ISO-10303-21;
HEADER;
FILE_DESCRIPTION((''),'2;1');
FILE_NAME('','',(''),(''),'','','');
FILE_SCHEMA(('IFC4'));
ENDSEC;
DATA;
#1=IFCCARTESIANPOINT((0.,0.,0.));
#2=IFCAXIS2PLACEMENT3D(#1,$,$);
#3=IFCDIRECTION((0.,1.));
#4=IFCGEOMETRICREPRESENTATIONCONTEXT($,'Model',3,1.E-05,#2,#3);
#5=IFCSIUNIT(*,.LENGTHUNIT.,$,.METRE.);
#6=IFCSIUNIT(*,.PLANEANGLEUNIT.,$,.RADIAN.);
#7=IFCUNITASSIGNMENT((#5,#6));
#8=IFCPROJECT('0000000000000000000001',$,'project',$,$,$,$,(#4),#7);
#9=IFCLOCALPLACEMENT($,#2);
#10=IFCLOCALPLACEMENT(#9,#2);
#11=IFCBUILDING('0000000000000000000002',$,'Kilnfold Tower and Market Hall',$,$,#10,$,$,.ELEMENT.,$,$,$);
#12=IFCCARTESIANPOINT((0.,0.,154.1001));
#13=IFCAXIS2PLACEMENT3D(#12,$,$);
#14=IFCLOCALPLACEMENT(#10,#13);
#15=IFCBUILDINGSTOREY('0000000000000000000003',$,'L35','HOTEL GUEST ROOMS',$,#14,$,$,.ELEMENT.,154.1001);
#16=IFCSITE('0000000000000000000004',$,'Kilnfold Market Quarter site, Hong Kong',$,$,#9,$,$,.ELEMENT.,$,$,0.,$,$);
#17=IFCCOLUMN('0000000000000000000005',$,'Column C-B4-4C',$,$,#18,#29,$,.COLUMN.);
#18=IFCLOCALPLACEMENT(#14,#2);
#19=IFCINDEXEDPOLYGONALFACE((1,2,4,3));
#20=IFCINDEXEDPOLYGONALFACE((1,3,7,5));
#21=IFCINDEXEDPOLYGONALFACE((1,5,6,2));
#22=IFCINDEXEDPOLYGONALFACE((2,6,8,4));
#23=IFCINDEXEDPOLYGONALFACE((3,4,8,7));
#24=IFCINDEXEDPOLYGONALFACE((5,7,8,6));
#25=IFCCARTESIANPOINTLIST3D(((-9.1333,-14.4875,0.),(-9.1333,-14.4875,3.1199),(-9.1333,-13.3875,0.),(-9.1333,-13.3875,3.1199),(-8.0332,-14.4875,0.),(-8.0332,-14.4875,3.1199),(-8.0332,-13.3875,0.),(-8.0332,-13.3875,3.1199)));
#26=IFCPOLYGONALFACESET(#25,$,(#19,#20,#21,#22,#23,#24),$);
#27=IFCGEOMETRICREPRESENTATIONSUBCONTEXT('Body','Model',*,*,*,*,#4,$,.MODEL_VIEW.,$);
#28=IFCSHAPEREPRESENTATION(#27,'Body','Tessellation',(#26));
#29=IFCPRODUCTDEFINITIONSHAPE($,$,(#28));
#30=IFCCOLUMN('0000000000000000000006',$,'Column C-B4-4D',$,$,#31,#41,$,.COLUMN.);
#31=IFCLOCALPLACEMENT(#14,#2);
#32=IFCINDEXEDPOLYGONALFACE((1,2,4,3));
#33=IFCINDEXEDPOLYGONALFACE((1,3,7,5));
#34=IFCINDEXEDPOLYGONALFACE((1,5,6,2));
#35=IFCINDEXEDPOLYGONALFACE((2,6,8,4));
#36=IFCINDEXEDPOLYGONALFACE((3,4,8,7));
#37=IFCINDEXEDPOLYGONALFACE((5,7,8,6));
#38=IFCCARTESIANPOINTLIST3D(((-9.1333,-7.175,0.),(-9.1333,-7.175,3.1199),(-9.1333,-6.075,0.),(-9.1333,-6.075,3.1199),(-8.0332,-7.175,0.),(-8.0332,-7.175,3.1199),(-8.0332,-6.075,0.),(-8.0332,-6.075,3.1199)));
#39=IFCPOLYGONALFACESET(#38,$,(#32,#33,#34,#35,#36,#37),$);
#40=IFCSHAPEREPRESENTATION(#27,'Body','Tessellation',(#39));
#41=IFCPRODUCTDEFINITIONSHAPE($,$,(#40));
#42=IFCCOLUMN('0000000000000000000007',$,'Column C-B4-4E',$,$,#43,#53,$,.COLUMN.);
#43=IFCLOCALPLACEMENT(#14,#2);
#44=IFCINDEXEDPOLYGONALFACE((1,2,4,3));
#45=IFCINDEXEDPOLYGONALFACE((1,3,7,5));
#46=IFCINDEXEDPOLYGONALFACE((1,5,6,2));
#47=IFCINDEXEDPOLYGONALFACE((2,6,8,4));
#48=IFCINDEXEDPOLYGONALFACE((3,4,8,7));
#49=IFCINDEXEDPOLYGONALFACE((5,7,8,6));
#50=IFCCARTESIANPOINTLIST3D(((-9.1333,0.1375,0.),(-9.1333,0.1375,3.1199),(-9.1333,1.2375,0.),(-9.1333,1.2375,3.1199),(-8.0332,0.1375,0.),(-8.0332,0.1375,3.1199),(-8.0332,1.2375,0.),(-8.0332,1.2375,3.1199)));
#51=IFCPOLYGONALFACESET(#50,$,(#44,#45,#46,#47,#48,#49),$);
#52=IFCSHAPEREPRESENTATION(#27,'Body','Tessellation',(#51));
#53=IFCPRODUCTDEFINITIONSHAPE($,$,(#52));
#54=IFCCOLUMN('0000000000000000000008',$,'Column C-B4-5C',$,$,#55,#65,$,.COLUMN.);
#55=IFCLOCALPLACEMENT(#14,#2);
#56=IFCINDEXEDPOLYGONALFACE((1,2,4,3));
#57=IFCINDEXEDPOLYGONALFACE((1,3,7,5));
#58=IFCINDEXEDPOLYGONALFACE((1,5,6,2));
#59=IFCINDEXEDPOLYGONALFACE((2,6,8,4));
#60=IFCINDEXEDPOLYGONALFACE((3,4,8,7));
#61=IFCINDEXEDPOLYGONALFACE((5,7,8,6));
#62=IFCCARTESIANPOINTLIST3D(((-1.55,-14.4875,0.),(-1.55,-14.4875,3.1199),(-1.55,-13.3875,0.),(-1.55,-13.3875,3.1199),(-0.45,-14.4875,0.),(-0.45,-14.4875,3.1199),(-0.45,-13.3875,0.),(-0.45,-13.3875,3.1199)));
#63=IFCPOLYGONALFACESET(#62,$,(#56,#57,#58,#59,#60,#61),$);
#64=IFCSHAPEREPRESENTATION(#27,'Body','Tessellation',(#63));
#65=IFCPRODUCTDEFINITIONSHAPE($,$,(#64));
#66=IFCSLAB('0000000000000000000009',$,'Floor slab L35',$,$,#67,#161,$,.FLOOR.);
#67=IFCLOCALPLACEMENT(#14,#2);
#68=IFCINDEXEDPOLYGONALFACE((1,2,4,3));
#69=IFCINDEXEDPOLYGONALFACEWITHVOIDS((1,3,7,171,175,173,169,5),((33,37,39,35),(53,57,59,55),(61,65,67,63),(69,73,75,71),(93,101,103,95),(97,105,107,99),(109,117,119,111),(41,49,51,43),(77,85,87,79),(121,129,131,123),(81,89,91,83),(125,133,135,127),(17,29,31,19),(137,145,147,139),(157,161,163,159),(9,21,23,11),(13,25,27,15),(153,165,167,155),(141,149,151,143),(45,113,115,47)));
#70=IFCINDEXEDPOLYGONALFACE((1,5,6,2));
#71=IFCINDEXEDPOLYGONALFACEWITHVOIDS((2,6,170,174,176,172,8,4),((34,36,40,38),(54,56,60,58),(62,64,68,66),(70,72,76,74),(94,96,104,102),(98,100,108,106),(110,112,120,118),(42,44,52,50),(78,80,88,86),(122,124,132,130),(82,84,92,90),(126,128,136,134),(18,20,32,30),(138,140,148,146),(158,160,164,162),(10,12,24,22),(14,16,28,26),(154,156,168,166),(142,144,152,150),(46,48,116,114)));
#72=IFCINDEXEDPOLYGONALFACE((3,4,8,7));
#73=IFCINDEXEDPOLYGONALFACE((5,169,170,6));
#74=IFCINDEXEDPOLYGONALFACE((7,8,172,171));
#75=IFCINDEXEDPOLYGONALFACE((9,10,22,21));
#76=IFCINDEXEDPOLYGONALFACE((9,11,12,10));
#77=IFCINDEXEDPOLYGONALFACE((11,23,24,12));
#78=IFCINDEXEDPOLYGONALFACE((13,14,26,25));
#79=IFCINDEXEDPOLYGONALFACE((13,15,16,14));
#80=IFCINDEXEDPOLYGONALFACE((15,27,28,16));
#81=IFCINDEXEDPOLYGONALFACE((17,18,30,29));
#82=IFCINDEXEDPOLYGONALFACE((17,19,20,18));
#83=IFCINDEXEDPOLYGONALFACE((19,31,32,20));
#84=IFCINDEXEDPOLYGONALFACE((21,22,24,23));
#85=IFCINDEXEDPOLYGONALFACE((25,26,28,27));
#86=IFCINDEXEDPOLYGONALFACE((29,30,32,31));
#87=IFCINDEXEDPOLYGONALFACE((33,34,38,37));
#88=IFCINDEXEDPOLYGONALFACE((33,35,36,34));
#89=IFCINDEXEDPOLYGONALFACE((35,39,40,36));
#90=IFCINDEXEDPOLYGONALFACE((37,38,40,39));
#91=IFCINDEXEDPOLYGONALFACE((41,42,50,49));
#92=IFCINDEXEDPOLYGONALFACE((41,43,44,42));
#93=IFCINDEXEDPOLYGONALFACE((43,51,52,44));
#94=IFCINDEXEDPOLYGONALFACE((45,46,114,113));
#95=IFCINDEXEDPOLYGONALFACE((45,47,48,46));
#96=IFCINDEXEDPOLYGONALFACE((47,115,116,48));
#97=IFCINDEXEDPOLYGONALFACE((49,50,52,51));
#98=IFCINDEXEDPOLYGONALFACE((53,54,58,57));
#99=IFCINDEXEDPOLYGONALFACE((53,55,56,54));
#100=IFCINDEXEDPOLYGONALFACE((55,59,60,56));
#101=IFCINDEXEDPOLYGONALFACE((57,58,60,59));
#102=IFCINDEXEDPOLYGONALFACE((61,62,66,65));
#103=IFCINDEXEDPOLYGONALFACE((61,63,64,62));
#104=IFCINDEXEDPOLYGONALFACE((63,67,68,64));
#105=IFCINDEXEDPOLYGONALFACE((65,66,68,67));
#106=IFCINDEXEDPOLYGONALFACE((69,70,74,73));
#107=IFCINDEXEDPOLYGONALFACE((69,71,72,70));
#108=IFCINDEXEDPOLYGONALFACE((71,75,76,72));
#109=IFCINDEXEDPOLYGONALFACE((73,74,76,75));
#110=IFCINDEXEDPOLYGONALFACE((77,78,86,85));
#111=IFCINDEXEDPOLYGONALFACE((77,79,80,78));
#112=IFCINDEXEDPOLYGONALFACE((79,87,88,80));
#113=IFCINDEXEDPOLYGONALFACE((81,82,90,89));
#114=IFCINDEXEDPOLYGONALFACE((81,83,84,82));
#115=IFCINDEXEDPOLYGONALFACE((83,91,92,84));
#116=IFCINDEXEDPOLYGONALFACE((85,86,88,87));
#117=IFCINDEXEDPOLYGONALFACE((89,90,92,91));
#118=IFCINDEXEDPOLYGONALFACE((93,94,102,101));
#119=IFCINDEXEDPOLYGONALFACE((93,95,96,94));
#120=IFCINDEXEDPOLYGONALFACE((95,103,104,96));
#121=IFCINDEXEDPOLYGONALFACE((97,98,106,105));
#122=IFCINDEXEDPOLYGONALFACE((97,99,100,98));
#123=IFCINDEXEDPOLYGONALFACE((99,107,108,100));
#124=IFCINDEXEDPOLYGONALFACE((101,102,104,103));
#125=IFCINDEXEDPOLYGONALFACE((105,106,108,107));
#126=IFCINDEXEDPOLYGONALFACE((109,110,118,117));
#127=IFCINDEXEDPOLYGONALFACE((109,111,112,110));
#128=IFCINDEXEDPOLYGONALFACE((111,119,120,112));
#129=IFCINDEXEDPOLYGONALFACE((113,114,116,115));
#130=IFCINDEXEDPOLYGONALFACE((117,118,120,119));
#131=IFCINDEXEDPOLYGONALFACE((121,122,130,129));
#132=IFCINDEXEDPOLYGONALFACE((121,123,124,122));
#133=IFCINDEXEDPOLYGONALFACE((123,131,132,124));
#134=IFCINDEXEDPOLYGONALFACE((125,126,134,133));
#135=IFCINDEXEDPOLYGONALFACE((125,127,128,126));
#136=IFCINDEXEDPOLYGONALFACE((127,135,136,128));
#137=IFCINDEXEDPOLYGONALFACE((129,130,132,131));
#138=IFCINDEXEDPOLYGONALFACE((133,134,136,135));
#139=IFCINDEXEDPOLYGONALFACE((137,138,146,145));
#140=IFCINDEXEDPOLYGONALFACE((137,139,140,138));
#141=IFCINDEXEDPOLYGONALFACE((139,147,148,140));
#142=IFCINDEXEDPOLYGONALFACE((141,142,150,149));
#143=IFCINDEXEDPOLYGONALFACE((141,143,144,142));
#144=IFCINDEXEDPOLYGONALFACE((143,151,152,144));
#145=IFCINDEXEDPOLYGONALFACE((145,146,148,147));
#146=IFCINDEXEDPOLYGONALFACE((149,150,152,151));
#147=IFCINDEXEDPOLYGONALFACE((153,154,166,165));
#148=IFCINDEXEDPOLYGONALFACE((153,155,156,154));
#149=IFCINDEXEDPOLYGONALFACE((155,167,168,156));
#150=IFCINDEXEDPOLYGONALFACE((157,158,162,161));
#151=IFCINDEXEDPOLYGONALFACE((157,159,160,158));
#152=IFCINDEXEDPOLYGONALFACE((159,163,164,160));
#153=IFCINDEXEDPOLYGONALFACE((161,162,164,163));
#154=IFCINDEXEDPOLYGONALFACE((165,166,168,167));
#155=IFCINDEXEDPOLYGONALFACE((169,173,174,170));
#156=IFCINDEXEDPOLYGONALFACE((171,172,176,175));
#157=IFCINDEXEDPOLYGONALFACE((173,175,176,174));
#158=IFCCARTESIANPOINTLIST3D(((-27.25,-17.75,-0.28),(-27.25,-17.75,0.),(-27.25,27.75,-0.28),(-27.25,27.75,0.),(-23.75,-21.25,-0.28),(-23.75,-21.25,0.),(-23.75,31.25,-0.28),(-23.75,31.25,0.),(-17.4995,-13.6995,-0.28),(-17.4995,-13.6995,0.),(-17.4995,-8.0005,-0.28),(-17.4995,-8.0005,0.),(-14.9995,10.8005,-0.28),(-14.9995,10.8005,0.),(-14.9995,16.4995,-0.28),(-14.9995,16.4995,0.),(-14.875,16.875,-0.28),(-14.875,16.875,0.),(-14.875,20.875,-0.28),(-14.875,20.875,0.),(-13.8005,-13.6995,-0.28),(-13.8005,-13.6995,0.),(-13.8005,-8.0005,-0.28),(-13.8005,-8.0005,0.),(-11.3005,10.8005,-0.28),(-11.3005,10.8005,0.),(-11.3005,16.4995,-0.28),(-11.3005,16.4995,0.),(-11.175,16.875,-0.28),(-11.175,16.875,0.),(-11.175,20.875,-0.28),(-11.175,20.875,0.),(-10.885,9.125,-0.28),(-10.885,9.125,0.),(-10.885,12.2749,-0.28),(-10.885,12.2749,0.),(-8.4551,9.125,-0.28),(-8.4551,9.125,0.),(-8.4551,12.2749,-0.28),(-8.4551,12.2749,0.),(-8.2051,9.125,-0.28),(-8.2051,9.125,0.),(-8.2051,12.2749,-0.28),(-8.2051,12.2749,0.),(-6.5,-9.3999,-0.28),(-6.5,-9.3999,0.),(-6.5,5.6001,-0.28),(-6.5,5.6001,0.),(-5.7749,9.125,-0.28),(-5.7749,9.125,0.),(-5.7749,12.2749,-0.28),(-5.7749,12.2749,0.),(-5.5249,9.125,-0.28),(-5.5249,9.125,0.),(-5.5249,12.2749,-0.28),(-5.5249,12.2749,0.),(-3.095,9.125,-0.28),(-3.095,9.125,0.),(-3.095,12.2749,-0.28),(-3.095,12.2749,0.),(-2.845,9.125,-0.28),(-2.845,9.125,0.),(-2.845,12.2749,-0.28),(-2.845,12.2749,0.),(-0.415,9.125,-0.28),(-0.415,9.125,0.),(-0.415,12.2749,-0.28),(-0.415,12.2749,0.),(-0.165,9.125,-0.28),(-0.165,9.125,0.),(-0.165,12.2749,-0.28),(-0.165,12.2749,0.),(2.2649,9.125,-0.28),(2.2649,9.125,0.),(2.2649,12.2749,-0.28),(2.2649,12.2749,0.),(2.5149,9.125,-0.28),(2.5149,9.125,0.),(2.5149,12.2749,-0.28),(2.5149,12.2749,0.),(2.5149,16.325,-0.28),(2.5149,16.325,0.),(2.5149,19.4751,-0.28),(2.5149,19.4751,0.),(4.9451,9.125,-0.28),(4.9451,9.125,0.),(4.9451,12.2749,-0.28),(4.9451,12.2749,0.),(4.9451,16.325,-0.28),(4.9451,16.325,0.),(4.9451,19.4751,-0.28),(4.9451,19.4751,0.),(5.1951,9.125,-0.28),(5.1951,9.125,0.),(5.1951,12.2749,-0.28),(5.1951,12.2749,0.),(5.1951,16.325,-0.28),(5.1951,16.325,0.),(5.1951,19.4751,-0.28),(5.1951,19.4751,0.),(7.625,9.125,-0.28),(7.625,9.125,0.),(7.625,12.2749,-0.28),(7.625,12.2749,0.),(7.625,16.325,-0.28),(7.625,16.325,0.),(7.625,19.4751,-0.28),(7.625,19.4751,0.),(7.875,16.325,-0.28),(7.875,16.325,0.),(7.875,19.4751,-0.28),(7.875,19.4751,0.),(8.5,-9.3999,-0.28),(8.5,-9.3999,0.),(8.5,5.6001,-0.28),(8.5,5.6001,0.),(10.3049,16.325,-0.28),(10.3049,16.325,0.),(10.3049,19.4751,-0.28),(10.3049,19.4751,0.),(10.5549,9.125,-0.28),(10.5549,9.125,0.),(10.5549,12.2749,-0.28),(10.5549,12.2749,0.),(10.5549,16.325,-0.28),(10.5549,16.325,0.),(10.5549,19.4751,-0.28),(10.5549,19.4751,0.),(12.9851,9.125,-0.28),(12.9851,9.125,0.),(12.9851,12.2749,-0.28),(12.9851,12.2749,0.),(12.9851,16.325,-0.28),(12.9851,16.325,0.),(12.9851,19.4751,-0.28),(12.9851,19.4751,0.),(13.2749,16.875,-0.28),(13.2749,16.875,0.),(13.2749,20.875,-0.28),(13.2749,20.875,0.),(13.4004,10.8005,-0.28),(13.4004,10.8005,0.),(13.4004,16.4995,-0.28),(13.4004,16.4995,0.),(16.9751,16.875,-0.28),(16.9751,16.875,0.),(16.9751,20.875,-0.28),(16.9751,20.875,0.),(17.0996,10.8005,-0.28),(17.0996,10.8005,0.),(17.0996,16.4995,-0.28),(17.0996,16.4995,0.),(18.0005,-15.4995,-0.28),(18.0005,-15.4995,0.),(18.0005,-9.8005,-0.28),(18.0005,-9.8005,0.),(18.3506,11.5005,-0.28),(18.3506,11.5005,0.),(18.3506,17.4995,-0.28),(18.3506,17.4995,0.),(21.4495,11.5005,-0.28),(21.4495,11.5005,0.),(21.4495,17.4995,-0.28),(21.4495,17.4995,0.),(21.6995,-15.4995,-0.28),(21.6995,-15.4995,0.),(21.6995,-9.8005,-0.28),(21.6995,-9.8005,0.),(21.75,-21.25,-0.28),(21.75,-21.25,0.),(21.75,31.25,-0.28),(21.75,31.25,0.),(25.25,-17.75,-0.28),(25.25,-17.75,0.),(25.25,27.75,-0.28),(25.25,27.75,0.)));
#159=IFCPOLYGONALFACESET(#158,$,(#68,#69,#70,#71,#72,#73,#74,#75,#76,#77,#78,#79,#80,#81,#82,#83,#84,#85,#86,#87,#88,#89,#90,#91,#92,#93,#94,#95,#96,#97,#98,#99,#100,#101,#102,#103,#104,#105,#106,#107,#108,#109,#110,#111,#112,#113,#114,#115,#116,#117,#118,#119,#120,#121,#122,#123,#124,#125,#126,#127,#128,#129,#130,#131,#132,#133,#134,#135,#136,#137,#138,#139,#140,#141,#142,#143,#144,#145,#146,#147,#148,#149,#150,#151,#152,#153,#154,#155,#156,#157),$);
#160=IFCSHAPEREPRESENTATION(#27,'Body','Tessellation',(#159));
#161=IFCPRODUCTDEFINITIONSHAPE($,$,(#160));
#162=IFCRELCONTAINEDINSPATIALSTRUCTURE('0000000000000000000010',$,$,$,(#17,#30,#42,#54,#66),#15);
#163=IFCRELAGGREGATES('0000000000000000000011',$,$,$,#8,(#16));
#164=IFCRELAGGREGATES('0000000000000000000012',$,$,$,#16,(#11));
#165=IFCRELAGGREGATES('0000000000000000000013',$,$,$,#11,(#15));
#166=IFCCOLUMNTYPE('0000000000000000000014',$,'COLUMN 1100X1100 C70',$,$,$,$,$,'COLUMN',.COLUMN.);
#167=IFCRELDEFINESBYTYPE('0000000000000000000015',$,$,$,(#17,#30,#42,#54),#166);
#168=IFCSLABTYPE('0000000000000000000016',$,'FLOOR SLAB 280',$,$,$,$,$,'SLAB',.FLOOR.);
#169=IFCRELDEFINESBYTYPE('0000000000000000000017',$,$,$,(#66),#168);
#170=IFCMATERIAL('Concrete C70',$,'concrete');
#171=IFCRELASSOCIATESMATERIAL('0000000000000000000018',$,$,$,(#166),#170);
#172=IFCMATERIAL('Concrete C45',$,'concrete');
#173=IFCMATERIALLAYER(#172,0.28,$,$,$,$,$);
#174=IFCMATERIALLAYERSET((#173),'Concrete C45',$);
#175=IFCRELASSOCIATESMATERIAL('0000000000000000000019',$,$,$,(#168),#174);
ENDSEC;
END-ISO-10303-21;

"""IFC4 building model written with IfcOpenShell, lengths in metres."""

from ifc_helpers import new_model, si_unit, direction, frame, origin, origin_2d, place, context, subcontext, project, spatial, polyline, rectangle, outline, extrude, source, transform, mapped, material, layer, layer_set, material_profile, profile_set, type_object, element, save


model = new_model("IFC4")

# Units and contexts
model_context = context("Model", 3, precision=1e-05, world=origin(), true_north=direction((0.0, 1.0)))
body_context = subcontext(model_context, "Body", "Model", "MODEL_VIEW")
ifc_project = project(units=[si_unit("LENGTHUNIT", "METRE"), si_unit("PLANEANGLEUNIT", "RADIAN")], contexts=[model_context])

# Site, building, storey
site_placement = place(None, origin())
site = spatial("IfcSite", under=ifc_project, at=site_placement, Name="Kilnfold Market Quarter site, Hong Kong", CompositionType="ELEMENT", RefElevation=0.0)
building_placement = place(site_placement, origin())
building = spatial("IfcBuilding", under=site, at=building_placement, Name="Kilnfold Tower and Market Hall", CompositionType="ELEMENT")
storey_placement = place(building_placement, frame((0.0, 0.0, 154.1001)))
storey = spatial("IfcBuildingStorey", under=building, at=storey_placement, Name="L35", Description="HOTEL GUEST ROOMS", CompositionType="ELEMENT", Elevation=154.1001)

# Columns
ifc_material_1 = material(Name="Concrete C70", Category="concrete")
ifc_material_profile = material_profile(ifc_material_1, rectangle(XDim=1.1001, YDim=1.1001, at=origin_2d()), Name="RC 1100x1100")
ifc_profile_set = profile_set([ifc_material_profile], Name="Concrete C70")
column_type = type_object("IfcColumnType", Name="COLUMN 1100X1100 C70", ElementType="COLUMN", PredefinedType="COLUMN", material=ifc_profile_set)
shared_shape_1 = source(origin(), body_context, "Body", "SweptSolid", [
    extrude(rectangle(XDim=1.1001, YDim=1.1001, at=origin_2d()), origin(), (0.0, 0.0, 1.0), 3.1199),
])
for number, where, z_axis, x_axis, name in (
    (1, (-8.5833, -13.9375, 0.0), (0.0, 0.0, 1.0), (1.0, 0.0, 0.0), "Column C-B4-4C"),
    (2, (-8.5833, -6.625, 0.0), (0.0, 0.0, 1.0), (1.0, 0.0, 0.0), "Column C-B4-4D"),
    (3, (-8.5833, 0.6875, 0.0), (0.0, 0.0, 1.0), (1.0, 0.0, 0.0), "Column C-B4-4E"),
    (4, (-1.0, -13.9375, 0.0), (0.0, 0.0, 1.0), (1.0, 0.0, 0.0), "Column C-B4-5C"),
):
    element("IfcColumn", number, at=place(storey_placement, frame(where, z_axis=z_axis, x_axis=x_axis)), inside=storey, type_object=column_type, Name=name, PredefinedType="COLUMN", context=body_context, shape_type="MappedRepresentation", body=[
        mapped(shared_shape_1, transform((0.0, 0.0, 0.0))),
    ])

# Slab
ifc_material_2 = material(Name="Concrete C45", Category="concrete")
ifc_layer_1 = layer(ifc_material_2, 0.28)
ifc_layer_set_1 = layer_set([ifc_layer_1], Name="Concrete C45")
slab_type_1 = type_object("IfcSlabType", Name="FLOOR SLAB 280", ElementType="SLAB", PredefinedType="FLOOR", material=ifc_layer_set_1)
shared_shape_2 = source(origin(), body_context, "Body", "SweptSolid", [
    extrude(outline(polyline([(-23.75, -21.25), (21.75, -21.25), (25.25, -17.75), (25.25, 27.75), (21.75, 31.25), (-23.75, 31.25), (-27.25, 27.75), (-27.25, -17.75), (-23.75, -21.25)]), holes=[polyline([(-13.8005, -13.6995), (-17.4995, -13.6995), (-17.4995, -8.0005), (-13.8005, -8.0005), (-13.8005, -13.6995)]), polyline([(-11.3005, 10.8005), (-14.9995, 10.8005), (-14.9995, 16.4995), (-11.3005, 16.4995), (-11.3005, 10.8005)]), polyline([(-14.875, 16.875), (-14.875, 20.875), (-11.175, 20.875), (-11.175, 16.875), (-14.875, 16.875)]), polyline([(-8.4551, 9.125), (-10.885, 9.125), (-10.885, 12.2749), (-8.4551, 12.2749), (-8.4551, 9.125)]), polyline([(-8.2051, 9.125), (-8.2051, 12.2749), (-5.7749, 12.2749), (-5.7749, 9.125), (-8.2051, 9.125)]), polyline([(8.5, -9.3999), (-6.5, -9.3999), (-6.5, 5.6001), (8.5, 5.6001), (8.5, -9.3999)]), polyline([(-5.5249, 9.125), (-5.5249, 12.2749), (-3.095, 12.2749), (-3.095, 9.125), (-5.5249, 9.125)]), polyline([(-0.415, 9.125), (-2.845, 9.125), (-2.845, 12.2749), (-0.415, 12.2749), (-0.415, 9.125)]), polyline([(2.2649, 9.125), (-0.165, 9.125), (-0.165, 12.2749), (2.2649, 12.2749), (2.2649, 9.125)]), polyline([(4.9451, 9.125), (2.5149, 9.125), (2.5149, 12.2749), (4.9451, 12.2749), (4.9451, 9.125)]), polyline([(2.5149, 16.325), (2.5149, 19.4751), (4.9451, 19.4751), (4.9451, 16.325), (2.5149, 16.325)]), polyline([(7.625, 9.125), (5.1951, 9.125), (5.1951, 12.2749), (7.625, 12.2749), (7.625, 9.125)]), polyline([(7.625, 16.325), (5.1951, 16.325), (5.1951, 19.4751), (7.625, 19.4751), (7.625, 16.325)]), polyline([(10.3049, 16.325), (7.875, 16.325), (7.875, 19.4751), (10.3049, 19.4751), (10.3049, 16.325)]), polyline([(10.5549, 9.125), (10.5549, 12.2749), (12.9851, 12.2749), (12.9851, 9.125), (10.5549, 9.125)]), polyline([(10.5549, 16.325), (10.5549, 19.4751), (12.9851, 19.4751), (12.9851, 16.325), (10.5549, 16.325)]), polyline([(13.2749, 16.875), (13.2749, 20.875), (16.9751, 20.875), (16.9751, 16.875), (13.2749, 16.875)]), polyline([(13.4004, 10.8005), (13.4004, 16.4995), (17.0996, 16.4995), (17.0996, 10.8005), (13.4004, 10.8005)]), polyline([(18.0005, -9.8005), (21.6995, -9.8005), (21.6995, -15.4995), (18.0005, -15.4995), (18.0005, -9.8005)]), polyline([(21.4495, 11.5005), (18.3506, 11.5005), (18.3506, 17.4995), (21.4495, 17.4995), (21.4495, 11.5005)])]), origin(), (0.0, 0.0, 1.0), 0.28),
])
slab_1_placement = place(storey_placement, frame((0.0, 0.0, -0.28)))
element("IfcSlab", 5, at=slab_1_placement, inside=storey, type_object=slab_type_1, Name="Floor slab L35", PredefinedType="FLOOR", context=body_context, shape_type="MappedRepresentation", body=[
    mapped(shared_shape_2, transform((0.0, 0.0, 0.0))),
])

save(model, "model.ifc")
